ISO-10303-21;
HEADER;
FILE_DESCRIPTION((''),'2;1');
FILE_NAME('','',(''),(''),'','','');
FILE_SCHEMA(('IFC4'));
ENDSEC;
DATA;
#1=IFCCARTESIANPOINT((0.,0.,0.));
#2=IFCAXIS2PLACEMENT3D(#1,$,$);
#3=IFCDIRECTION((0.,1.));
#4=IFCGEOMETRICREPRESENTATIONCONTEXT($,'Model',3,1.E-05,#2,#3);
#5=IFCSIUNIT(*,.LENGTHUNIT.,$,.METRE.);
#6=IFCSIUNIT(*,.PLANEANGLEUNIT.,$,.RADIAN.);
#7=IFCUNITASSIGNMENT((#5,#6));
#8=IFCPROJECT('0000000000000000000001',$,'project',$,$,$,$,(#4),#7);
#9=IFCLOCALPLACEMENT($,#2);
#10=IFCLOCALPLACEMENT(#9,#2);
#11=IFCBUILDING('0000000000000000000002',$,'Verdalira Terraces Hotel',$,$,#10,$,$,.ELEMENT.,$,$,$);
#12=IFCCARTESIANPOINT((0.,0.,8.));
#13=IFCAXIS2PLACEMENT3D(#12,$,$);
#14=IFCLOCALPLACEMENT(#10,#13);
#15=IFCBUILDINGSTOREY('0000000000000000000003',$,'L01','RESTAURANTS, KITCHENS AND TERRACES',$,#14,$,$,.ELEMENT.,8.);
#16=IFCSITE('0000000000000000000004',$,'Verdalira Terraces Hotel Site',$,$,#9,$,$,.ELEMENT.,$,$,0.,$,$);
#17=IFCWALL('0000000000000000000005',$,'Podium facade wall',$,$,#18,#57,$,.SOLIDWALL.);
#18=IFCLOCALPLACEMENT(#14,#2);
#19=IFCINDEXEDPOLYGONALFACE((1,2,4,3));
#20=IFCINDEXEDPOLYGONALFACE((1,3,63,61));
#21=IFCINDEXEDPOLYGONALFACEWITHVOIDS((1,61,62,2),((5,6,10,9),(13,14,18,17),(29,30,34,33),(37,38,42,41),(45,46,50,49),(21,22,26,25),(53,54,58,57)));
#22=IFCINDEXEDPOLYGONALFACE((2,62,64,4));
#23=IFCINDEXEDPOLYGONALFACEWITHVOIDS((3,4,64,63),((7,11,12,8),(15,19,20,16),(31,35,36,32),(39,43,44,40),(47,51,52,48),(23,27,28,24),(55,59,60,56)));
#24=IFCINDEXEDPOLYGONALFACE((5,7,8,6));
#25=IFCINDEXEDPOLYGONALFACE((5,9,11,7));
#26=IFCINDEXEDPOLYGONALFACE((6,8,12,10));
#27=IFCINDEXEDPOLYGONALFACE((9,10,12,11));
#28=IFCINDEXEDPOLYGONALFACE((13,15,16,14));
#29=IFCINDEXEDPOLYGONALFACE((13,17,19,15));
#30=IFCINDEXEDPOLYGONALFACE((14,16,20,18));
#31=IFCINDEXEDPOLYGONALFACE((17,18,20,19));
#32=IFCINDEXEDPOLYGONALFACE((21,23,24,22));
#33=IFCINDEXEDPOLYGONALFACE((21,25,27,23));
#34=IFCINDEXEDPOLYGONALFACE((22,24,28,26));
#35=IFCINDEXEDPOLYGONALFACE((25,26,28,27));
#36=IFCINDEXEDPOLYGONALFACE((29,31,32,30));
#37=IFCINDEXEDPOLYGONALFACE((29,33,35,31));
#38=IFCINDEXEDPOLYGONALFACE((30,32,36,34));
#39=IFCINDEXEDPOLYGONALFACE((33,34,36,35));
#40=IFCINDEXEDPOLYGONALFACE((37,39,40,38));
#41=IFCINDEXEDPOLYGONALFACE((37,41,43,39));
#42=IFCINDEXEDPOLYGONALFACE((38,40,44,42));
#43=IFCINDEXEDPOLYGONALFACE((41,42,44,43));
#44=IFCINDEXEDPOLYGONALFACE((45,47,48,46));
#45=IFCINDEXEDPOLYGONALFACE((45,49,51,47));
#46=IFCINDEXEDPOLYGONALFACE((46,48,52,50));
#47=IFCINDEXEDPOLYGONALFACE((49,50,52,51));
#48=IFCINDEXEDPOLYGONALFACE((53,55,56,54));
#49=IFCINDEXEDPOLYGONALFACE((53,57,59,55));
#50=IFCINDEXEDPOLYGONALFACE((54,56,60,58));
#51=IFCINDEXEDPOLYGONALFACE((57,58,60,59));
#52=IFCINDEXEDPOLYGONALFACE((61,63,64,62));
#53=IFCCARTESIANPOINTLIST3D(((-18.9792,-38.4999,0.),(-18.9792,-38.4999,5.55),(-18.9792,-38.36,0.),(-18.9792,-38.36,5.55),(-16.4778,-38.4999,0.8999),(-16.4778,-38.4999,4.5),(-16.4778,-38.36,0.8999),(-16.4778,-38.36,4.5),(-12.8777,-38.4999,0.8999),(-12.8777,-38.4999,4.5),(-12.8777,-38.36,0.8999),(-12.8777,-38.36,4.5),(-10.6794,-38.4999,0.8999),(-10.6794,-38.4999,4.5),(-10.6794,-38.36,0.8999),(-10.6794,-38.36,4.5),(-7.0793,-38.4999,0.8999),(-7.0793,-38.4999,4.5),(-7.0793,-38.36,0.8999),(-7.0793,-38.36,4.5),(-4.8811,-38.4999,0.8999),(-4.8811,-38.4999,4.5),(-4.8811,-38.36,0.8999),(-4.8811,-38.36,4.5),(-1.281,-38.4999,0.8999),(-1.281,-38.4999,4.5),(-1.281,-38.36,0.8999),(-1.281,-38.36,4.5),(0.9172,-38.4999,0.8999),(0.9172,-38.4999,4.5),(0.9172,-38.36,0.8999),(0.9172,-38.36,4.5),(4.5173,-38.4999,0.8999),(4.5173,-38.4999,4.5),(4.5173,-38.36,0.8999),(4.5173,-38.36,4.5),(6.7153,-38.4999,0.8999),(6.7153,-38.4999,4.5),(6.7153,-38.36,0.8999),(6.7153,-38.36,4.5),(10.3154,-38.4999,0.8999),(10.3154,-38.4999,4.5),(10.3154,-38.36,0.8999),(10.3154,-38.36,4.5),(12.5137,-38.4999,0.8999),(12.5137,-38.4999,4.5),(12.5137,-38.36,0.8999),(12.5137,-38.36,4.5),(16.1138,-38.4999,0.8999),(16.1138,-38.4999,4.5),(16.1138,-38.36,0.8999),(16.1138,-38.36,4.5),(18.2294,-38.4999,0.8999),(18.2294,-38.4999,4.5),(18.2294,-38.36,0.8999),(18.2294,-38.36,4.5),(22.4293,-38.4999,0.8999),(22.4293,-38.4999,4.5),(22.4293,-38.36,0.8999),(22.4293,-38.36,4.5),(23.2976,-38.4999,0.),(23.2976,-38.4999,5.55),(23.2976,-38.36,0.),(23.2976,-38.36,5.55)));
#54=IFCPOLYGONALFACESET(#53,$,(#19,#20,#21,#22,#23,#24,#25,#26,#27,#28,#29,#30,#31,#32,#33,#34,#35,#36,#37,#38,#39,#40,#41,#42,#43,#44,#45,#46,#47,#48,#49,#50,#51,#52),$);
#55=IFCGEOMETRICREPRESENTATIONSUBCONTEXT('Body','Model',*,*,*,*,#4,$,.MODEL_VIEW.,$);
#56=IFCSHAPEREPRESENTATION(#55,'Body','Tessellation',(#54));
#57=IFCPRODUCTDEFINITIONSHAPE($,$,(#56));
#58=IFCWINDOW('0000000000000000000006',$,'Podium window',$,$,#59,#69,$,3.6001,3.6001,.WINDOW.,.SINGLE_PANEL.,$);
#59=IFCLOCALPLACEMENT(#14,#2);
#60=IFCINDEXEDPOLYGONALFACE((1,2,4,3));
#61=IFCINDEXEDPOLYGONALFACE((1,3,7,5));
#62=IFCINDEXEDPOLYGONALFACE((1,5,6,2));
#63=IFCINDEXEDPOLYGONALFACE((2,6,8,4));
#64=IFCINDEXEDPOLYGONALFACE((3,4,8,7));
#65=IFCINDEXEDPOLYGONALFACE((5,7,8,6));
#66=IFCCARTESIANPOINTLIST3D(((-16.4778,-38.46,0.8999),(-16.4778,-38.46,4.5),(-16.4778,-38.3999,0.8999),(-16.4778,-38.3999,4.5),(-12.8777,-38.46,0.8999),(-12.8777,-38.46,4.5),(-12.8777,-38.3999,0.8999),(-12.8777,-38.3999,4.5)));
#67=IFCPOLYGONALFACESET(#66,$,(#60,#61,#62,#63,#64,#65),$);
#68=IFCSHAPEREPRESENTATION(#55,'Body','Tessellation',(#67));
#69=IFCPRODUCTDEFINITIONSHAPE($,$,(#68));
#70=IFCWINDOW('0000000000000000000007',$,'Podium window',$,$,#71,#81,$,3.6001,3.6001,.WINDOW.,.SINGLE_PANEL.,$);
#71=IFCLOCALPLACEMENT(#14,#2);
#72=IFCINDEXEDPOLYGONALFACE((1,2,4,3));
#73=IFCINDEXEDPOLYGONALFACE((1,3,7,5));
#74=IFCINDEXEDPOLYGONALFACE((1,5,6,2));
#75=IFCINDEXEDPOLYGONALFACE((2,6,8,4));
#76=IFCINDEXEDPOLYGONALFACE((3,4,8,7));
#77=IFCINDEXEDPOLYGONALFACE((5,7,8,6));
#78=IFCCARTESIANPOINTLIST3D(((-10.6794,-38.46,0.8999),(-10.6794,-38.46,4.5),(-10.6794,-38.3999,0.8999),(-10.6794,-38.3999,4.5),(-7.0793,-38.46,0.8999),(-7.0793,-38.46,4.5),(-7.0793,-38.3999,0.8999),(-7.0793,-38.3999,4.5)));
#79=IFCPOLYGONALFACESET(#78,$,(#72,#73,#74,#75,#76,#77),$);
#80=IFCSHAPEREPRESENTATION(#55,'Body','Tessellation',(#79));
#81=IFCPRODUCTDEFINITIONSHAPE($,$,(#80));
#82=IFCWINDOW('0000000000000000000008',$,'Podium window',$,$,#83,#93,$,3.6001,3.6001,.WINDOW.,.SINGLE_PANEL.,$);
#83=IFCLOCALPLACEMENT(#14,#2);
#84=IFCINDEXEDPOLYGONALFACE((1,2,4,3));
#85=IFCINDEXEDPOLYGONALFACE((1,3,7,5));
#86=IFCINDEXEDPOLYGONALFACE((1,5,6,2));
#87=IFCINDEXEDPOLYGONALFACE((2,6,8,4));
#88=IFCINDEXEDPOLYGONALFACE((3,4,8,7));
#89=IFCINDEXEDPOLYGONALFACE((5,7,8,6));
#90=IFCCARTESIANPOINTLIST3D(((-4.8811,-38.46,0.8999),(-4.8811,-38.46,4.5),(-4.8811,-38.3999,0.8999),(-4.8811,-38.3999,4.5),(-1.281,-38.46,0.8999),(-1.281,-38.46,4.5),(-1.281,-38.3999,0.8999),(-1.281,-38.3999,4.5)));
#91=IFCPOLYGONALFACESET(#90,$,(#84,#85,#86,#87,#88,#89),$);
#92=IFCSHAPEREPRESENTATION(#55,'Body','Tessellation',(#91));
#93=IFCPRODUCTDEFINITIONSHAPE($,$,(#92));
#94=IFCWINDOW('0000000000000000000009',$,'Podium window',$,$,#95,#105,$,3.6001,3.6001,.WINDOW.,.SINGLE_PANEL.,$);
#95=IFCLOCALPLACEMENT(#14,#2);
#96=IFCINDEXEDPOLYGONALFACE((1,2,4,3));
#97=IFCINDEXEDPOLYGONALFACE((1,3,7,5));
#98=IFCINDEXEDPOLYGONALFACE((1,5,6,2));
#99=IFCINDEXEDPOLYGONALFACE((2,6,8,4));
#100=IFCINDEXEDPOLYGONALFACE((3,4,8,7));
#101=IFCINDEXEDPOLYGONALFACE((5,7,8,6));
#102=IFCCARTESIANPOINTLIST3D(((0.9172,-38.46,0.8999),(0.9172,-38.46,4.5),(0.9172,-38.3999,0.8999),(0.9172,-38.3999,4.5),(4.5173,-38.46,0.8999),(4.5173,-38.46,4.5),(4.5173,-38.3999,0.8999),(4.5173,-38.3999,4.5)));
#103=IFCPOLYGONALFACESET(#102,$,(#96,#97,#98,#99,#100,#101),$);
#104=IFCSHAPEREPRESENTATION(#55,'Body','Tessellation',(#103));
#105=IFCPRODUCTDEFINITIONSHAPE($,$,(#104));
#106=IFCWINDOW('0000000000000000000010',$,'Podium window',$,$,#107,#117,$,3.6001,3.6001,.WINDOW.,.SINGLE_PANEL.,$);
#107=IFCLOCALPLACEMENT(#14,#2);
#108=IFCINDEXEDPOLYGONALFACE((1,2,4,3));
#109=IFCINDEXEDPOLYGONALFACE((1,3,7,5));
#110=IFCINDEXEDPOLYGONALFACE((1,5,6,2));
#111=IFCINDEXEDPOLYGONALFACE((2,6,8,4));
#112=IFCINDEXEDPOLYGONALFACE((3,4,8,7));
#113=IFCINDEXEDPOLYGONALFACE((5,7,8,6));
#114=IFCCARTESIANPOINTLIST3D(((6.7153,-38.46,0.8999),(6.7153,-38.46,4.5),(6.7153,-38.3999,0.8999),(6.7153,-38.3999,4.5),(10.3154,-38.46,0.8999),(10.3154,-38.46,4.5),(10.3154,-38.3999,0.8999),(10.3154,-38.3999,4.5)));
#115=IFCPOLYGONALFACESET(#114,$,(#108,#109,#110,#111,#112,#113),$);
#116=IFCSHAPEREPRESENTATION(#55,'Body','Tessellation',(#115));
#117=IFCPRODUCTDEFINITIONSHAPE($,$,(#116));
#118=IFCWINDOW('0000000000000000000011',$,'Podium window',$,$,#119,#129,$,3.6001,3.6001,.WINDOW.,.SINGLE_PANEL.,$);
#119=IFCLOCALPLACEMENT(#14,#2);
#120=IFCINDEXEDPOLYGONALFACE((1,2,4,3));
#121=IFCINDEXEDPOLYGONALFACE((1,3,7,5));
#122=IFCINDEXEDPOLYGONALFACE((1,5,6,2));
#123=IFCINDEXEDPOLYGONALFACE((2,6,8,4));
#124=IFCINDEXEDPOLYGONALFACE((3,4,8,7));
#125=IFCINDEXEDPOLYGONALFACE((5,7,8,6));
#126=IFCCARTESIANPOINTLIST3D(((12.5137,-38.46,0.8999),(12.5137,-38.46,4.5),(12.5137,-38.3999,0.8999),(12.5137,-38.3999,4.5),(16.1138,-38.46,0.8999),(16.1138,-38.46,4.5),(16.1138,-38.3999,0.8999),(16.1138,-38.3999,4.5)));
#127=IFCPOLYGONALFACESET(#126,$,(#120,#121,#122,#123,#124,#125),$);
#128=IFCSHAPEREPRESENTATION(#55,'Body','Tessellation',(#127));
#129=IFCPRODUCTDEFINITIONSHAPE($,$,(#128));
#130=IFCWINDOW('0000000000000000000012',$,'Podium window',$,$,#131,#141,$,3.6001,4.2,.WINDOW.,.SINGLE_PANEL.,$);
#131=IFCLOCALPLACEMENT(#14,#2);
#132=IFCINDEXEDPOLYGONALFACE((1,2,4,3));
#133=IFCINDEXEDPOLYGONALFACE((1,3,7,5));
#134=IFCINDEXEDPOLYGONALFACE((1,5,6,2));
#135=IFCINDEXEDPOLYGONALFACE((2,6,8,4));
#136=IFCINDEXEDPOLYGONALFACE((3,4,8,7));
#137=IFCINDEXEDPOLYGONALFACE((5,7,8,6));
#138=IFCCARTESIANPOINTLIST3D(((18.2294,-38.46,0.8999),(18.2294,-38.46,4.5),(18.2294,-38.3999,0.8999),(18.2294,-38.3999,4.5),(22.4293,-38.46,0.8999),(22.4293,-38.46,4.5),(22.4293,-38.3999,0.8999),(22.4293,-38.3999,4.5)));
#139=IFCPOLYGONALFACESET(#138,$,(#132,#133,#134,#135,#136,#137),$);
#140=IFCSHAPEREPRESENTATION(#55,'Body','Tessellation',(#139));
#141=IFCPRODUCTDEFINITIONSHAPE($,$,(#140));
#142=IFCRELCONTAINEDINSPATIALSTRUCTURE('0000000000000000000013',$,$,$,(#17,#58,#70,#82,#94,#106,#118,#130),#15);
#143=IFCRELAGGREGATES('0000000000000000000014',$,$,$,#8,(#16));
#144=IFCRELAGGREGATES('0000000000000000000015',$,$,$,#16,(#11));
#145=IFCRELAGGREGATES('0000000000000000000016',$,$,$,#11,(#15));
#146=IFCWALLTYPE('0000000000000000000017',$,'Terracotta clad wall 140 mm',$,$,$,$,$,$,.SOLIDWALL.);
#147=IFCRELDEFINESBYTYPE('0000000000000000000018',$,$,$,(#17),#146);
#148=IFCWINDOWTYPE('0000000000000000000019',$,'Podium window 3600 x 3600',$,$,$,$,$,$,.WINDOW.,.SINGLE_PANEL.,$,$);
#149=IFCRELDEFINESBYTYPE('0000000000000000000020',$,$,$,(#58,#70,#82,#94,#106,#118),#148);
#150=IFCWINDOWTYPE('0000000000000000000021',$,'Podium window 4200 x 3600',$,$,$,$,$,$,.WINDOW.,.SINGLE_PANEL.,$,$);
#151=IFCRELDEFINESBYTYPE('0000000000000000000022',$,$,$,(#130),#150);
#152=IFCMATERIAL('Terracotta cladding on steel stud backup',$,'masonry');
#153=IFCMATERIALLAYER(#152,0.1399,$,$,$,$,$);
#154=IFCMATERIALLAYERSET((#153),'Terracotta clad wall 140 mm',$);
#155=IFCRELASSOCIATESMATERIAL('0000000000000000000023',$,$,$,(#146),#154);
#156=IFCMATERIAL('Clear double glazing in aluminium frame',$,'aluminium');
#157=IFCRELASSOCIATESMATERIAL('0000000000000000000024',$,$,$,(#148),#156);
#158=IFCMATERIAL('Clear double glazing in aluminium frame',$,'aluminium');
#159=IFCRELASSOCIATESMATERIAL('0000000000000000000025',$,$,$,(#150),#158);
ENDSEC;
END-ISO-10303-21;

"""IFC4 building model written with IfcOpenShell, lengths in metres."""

from ifc_helpers import new_model, si_unit, direction, frame, frame_2d, origin, place, context, subcontext, project, spatial, rectangle, extrude, material, layer, layer_set, type_object, element, fill, save


model = new_model("IFC4")

# Units and contexts
model_context = context("Model", 3, precision=1e-05, world=origin(), true_north=direction((0.0, 1.0)))
body_context = subcontext(model_context, "Body", "Model", "MODEL_VIEW")
ifc_project = project(units=[si_unit("LENGTHUNIT", "METRE"), si_unit("PLANEANGLEUNIT", "RADIAN")], contexts=[model_context])

# Site, building, storey
site_placement = place(None, origin())
site = spatial("IfcSite", under=ifc_project, at=site_placement, Name="Verdalira Terraces Hotel Site", CompositionType="ELEMENT", RefElevation=0.0)
building_placement = place(site_placement, origin())
building = spatial("IfcBuilding", under=site, at=building_placement, Name="Verdalira Terraces Hotel", CompositionType="ELEMENT")
storey_placement = place(building_placement, frame((0.0, 0.0, 8.0)))
storey = spatial("IfcBuildingStorey", under=building, at=storey_placement, Name="L01", Description="RESTAURANTS, KITCHENS AND TERRACES", CompositionType="ELEMENT", Elevation=8.0)

# Shared definitions
ifc_material_1 = material(Name="Terracotta cladding on steel stud backup", Category="masonry")
ifc_layer_1 = layer(ifc_material_1, 0.1399)
ifc_layer_set_1 = layer_set([ifc_layer_1], Name="Terracotta clad wall 140 mm")
wall_type_1 = type_object("IfcWallType", Name="Terracotta clad wall 140 mm", PredefinedType="SOLIDWALL", material=ifc_layer_set_1)

# Wall, openings, windows
wall_1_placement = place(storey_placement, frame((-18.9792, -38.4299, 0.0), z_axis=(0.0, 0.0, 1.0), x_axis=(1.0, 0.0, 0.0)))
wall_1 = element("IfcWall", 1, at=wall_1_placement, inside=storey, type_object=wall_type_1, Name="Podium facade wall", PredefinedType="SOLIDWALL", context=body_context, shape_type="SweptSolid", body=[
    extrude(rectangle(XDim=42.2769, YDim=0.1399, at=frame_2d((21.1384, 0.0))), origin(), (0.0, 0.0, 1.0), 5.55),
])
opening_1_placement = place(wall_1_placement, frame((2.5015, 0.0, 0.8999)))
opening_1 = element("IfcOpeningElement", 2, at=opening_1_placement, cuts=wall_1, PredefinedType="OPENING", context=body_context, shape_type="SweptSolid", body=[
    extrude(rectangle(XDim=3.6001, YDim=3.6001, at=frame_2d((1.8, 1.8))), frame((0.0, 0.0798, 0.0), z_axis=(0.0, -1.0, 0.0), x_axis=(1.0, 0.0, 0.0)), (0.0, 0.0, 1.0), 0.1599),
])
opening_2_placement = place(wall_1_placement, frame((8.2998, 0.0, 0.8999)))
opening_2 = element("IfcOpeningElement", 3, at=opening_2_placement, cuts=wall_1, PredefinedType="OPENING", context=body_context, shape_type="SweptSolid", body=[
    extrude(rectangle(XDim=3.6001, YDim=3.6001, at=frame_2d((1.8, 1.8))), frame((0.0, 0.0798, 0.0), z_axis=(0.0, -1.0, 0.0), x_axis=(1.0, 0.0, 0.0)), (0.0, 0.0, 1.0), 0.1599),
])
opening_3_placement = place(wall_1_placement, frame((14.0981, 0.0, 0.8999)))
opening_3 = element("IfcOpeningElement", 4, at=opening_3_placement, cuts=wall_1, PredefinedType="OPENING", context=body_context, shape_type="SweptSolid", body=[
    extrude(rectangle(XDim=3.6001, YDim=3.6001, at=frame_2d((1.8, 1.8))), frame((0.0, 0.0798, 0.0), z_axis=(0.0, -1.0, 0.0), x_axis=(1.0, 0.0, 0.0)), (0.0, 0.0, 1.0), 0.1599),
])
opening_4_placement = place(wall_1_placement, frame((19.8965, 0.0, 0.8999)))
opening_4 = element("IfcOpeningElement", 5, at=opening_4_placement, cuts=wall_1, PredefinedType="OPENING", context=body_context, shape_type="SweptSolid", body=[
    extrude(rectangle(XDim=3.6001, YDim=3.6001, at=frame_2d((1.8, 1.8))), frame((0.0, 0.0798, 0.0), z_axis=(0.0, -1.0, 0.0), x_axis=(1.0, 0.0, 0.0)), (0.0, 0.0, 1.0), 0.1599),
])
opening_5_placement = place(wall_1_placement, frame((25.6946, 0.0, 0.8999)))
opening_5 = element("IfcOpeningElement", 6, at=opening_5_placement, cuts=wall_1, PredefinedType="OPENING", context=body_context, shape_type="SweptSolid", body=[
    extrude(rectangle(XDim=3.6001, YDim=3.6001, at=frame_2d((1.8, 1.8))), frame((0.0, 0.0798, 0.0), z_axis=(0.0, -1.0, 0.0), x_axis=(1.0, 0.0, 0.0)), (0.0, 0.0, 1.0), 0.1599),
])
opening_6_placement = place(wall_1_placement, frame((31.4929, 0.0, 0.8999)))
opening_6 = element("IfcOpeningElement", 7, at=opening_6_placement, cuts=wall_1, PredefinedType="OPENING", context=body_context, shape_type="SweptSolid", body=[
    extrude(rectangle(XDim=3.6001, YDim=3.6001, at=frame_2d((1.8, 1.8))), frame((0.0, 0.0798, 0.0), z_axis=(0.0, -1.0, 0.0), x_axis=(1.0, 0.0, 0.0)), (0.0, 0.0, 1.0), 0.1599),
])
opening_7_placement = place(wall_1_placement, frame((37.2085, 0.0, 0.8999)))
opening_7 = element("IfcOpeningElement", 8, at=opening_7_placement, cuts=wall_1, PredefinedType="OPENING", context=body_context, shape_type="SweptSolid", body=[
    extrude(rectangle(XDim=4.2, YDim=3.6001, at=frame_2d((2.1001, 1.8))), frame((0.0, 0.0798, 0.0), z_axis=(0.0, -1.0, 0.0), x_axis=(1.0, 0.0, 0.0)), (0.0, 0.0, 1.0), 0.1599),
])
ifc_material_2 = material(Name="Clear double glazing in aluminium frame", Category="aluminium")
window_type_1 = type_object("IfcWindowType", Name="Podium window 3600 x 3600", PartitioningType="SINGLE_PANEL", PredefinedType="WINDOW", material=ifc_material_2)
window_1_placement = place(opening_1_placement, origin())
window_1 = element("IfcWindow", 9, at=window_1_placement, inside=storey, type_object=window_type_1, Name="Podium window", OverallHeight=3.6001, OverallWidth=3.6001, PartitioningType="SINGLE_PANEL", PredefinedType="WINDOW", context=body_context, shape_type="SweptSolid", body=[
    extrude(rectangle(XDim=3.6001, YDim=3.6001, at=frame_2d((1.8, 1.8))), frame((0.0, 0.03, 0.0), z_axis=(0.0, -1.0, 0.0), x_axis=(1.0, 0.0, 0.0)), (0.0, 0.0, 1.0), 0.0601),
])
fill(opening_1, window_1)
window_2_placement = place(opening_2_placement, origin())
window_2 = element("IfcWindow", 10, at=window_2_placement, inside=storey, type_object=window_type_1, Name="Podium window", OverallHeight=3.6001, OverallWidth=3.6001, PartitioningType="SINGLE_PANEL", PredefinedType="WINDOW", context=body_context, shape_type="SweptSolid", body=[
    extrude(rectangle(XDim=3.6001, YDim=3.6001, at=frame_2d((1.8, 1.8))), frame((0.0, 0.03, 0.0), z_axis=(0.0, -1.0, 0.0), x_axis=(1.0, 0.0, 0.0)), (0.0, 0.0, 1.0), 0.0601),
])
fill(opening_2, window_2)
window_3_placement = place(opening_3_placement, origin())
window_3 = element("IfcWindow", 11, at=window_3_placement, inside=storey, type_object=window_type_1, Name="Podium window", OverallHeight=3.6001, OverallWidth=3.6001, PartitioningType="SINGLE_PANEL", PredefinedType="WINDOW", context=body_context, shape_type="SweptSolid", body=[
    extrude(rectangle(XDim=3.6001, YDim=3.6001, at=frame_2d((1.8, 1.8))), frame((0.0, 0.03, 0.0), z_axis=(0.0, -1.0, 0.0), x_axis=(1.0, 0.0, 0.0)), (0.0, 0.0, 1.0), 0.0601),
])
fill(opening_3, window_3)
window_4_placement = place(opening_4_placement, origin())
window_4 = element("IfcWindow", 12, at=window_4_placement, inside=storey, type_object=window_type_1, Name="Podium window", OverallHeight=3.6001, OverallWidth=3.6001, PartitioningType="SINGLE_PANEL", PredefinedType="WINDOW", context=body_context, shape_type="SweptSolid", body=[
    extrude(rectangle(XDim=3.6001, YDim=3.6001, at=frame_2d((1.8, 1.8))), frame((0.0, 0.03, 0.0), z_axis=(0.0, -1.0, 0.0), x_axis=(1.0, 0.0, 0.0)), (0.0, 0.0, 1.0), 0.0601),
])
fill(opening_4, window_4)
window_5_placement = place(opening_5_placement, origin())
window_5 = element("IfcWindow", 13, at=window_5_placement, inside=storey, type_object=window_type_1, Name="Podium window", OverallHeight=3.6001, OverallWidth=3.6001, PartitioningType="SINGLE_PANEL", PredefinedType="WINDOW", context=body_context, shape_type="SweptSolid", body=[
    extrude(rectangle(XDim=3.6001, YDim=3.6001, at=frame_2d((1.8, 1.8))), frame((0.0, 0.03, 0.0), z_axis=(0.0, -1.0, 0.0), x_axis=(1.0, 0.0, 0.0)), (0.0, 0.0, 1.0), 0.0601),
])
fill(opening_5, window_5)
window_6_placement = place(opening_6_placement, origin())
window_6 = element("IfcWindow", 14, at=window_6_placement, inside=storey, type_object=window_type_1, Name="Podium window", OverallHeight=3.6001, OverallWidth=3.6001, PartitioningType="SINGLE_PANEL", PredefinedType="WINDOW", context=body_context, shape_type="SweptSolid", body=[
    extrude(rectangle(XDim=3.6001, YDim=3.6001, at=frame_2d((1.8, 1.8))), frame((0.0, 0.03, 0.0), z_axis=(0.0, -1.0, 0.0), x_axis=(1.0, 0.0, 0.0)), (0.0, 0.0, 1.0), 0.0601),
])
fill(opening_6, window_6)
ifc_material_3 = material(Name="Clear double glazing in aluminium frame", Category="aluminium")
window_type_2 = type_object("IfcWindowType", Name="Podium window 4200 x 3600", PartitioningType="SINGLE_PANEL", PredefinedType="WINDOW", material=ifc_material_3)
window_7_placement = place(opening_7_placement, origin())
window_7 = element("IfcWindow", 15, at=window_7_placement, inside=storey, type_object=window_type_2, Name="Podium window", OverallHeight=3.6001, OverallWidth=4.2, PartitioningType="SINGLE_PANEL", PredefinedType="WINDOW", context=body_context, shape_type="SweptSolid", body=[
    extrude(rectangle(XDim=4.2, YDim=3.6001, at=frame_2d((2.1001, 1.8))), frame((0.0, 0.03, 0.0), z_axis=(0.0, -1.0, 0.0), x_axis=(1.0, 0.0, 0.0)), (0.0, 0.0, 1.0), 0.0601),
])
fill(opening_7, window_7)

save(model, "model.ifc")
